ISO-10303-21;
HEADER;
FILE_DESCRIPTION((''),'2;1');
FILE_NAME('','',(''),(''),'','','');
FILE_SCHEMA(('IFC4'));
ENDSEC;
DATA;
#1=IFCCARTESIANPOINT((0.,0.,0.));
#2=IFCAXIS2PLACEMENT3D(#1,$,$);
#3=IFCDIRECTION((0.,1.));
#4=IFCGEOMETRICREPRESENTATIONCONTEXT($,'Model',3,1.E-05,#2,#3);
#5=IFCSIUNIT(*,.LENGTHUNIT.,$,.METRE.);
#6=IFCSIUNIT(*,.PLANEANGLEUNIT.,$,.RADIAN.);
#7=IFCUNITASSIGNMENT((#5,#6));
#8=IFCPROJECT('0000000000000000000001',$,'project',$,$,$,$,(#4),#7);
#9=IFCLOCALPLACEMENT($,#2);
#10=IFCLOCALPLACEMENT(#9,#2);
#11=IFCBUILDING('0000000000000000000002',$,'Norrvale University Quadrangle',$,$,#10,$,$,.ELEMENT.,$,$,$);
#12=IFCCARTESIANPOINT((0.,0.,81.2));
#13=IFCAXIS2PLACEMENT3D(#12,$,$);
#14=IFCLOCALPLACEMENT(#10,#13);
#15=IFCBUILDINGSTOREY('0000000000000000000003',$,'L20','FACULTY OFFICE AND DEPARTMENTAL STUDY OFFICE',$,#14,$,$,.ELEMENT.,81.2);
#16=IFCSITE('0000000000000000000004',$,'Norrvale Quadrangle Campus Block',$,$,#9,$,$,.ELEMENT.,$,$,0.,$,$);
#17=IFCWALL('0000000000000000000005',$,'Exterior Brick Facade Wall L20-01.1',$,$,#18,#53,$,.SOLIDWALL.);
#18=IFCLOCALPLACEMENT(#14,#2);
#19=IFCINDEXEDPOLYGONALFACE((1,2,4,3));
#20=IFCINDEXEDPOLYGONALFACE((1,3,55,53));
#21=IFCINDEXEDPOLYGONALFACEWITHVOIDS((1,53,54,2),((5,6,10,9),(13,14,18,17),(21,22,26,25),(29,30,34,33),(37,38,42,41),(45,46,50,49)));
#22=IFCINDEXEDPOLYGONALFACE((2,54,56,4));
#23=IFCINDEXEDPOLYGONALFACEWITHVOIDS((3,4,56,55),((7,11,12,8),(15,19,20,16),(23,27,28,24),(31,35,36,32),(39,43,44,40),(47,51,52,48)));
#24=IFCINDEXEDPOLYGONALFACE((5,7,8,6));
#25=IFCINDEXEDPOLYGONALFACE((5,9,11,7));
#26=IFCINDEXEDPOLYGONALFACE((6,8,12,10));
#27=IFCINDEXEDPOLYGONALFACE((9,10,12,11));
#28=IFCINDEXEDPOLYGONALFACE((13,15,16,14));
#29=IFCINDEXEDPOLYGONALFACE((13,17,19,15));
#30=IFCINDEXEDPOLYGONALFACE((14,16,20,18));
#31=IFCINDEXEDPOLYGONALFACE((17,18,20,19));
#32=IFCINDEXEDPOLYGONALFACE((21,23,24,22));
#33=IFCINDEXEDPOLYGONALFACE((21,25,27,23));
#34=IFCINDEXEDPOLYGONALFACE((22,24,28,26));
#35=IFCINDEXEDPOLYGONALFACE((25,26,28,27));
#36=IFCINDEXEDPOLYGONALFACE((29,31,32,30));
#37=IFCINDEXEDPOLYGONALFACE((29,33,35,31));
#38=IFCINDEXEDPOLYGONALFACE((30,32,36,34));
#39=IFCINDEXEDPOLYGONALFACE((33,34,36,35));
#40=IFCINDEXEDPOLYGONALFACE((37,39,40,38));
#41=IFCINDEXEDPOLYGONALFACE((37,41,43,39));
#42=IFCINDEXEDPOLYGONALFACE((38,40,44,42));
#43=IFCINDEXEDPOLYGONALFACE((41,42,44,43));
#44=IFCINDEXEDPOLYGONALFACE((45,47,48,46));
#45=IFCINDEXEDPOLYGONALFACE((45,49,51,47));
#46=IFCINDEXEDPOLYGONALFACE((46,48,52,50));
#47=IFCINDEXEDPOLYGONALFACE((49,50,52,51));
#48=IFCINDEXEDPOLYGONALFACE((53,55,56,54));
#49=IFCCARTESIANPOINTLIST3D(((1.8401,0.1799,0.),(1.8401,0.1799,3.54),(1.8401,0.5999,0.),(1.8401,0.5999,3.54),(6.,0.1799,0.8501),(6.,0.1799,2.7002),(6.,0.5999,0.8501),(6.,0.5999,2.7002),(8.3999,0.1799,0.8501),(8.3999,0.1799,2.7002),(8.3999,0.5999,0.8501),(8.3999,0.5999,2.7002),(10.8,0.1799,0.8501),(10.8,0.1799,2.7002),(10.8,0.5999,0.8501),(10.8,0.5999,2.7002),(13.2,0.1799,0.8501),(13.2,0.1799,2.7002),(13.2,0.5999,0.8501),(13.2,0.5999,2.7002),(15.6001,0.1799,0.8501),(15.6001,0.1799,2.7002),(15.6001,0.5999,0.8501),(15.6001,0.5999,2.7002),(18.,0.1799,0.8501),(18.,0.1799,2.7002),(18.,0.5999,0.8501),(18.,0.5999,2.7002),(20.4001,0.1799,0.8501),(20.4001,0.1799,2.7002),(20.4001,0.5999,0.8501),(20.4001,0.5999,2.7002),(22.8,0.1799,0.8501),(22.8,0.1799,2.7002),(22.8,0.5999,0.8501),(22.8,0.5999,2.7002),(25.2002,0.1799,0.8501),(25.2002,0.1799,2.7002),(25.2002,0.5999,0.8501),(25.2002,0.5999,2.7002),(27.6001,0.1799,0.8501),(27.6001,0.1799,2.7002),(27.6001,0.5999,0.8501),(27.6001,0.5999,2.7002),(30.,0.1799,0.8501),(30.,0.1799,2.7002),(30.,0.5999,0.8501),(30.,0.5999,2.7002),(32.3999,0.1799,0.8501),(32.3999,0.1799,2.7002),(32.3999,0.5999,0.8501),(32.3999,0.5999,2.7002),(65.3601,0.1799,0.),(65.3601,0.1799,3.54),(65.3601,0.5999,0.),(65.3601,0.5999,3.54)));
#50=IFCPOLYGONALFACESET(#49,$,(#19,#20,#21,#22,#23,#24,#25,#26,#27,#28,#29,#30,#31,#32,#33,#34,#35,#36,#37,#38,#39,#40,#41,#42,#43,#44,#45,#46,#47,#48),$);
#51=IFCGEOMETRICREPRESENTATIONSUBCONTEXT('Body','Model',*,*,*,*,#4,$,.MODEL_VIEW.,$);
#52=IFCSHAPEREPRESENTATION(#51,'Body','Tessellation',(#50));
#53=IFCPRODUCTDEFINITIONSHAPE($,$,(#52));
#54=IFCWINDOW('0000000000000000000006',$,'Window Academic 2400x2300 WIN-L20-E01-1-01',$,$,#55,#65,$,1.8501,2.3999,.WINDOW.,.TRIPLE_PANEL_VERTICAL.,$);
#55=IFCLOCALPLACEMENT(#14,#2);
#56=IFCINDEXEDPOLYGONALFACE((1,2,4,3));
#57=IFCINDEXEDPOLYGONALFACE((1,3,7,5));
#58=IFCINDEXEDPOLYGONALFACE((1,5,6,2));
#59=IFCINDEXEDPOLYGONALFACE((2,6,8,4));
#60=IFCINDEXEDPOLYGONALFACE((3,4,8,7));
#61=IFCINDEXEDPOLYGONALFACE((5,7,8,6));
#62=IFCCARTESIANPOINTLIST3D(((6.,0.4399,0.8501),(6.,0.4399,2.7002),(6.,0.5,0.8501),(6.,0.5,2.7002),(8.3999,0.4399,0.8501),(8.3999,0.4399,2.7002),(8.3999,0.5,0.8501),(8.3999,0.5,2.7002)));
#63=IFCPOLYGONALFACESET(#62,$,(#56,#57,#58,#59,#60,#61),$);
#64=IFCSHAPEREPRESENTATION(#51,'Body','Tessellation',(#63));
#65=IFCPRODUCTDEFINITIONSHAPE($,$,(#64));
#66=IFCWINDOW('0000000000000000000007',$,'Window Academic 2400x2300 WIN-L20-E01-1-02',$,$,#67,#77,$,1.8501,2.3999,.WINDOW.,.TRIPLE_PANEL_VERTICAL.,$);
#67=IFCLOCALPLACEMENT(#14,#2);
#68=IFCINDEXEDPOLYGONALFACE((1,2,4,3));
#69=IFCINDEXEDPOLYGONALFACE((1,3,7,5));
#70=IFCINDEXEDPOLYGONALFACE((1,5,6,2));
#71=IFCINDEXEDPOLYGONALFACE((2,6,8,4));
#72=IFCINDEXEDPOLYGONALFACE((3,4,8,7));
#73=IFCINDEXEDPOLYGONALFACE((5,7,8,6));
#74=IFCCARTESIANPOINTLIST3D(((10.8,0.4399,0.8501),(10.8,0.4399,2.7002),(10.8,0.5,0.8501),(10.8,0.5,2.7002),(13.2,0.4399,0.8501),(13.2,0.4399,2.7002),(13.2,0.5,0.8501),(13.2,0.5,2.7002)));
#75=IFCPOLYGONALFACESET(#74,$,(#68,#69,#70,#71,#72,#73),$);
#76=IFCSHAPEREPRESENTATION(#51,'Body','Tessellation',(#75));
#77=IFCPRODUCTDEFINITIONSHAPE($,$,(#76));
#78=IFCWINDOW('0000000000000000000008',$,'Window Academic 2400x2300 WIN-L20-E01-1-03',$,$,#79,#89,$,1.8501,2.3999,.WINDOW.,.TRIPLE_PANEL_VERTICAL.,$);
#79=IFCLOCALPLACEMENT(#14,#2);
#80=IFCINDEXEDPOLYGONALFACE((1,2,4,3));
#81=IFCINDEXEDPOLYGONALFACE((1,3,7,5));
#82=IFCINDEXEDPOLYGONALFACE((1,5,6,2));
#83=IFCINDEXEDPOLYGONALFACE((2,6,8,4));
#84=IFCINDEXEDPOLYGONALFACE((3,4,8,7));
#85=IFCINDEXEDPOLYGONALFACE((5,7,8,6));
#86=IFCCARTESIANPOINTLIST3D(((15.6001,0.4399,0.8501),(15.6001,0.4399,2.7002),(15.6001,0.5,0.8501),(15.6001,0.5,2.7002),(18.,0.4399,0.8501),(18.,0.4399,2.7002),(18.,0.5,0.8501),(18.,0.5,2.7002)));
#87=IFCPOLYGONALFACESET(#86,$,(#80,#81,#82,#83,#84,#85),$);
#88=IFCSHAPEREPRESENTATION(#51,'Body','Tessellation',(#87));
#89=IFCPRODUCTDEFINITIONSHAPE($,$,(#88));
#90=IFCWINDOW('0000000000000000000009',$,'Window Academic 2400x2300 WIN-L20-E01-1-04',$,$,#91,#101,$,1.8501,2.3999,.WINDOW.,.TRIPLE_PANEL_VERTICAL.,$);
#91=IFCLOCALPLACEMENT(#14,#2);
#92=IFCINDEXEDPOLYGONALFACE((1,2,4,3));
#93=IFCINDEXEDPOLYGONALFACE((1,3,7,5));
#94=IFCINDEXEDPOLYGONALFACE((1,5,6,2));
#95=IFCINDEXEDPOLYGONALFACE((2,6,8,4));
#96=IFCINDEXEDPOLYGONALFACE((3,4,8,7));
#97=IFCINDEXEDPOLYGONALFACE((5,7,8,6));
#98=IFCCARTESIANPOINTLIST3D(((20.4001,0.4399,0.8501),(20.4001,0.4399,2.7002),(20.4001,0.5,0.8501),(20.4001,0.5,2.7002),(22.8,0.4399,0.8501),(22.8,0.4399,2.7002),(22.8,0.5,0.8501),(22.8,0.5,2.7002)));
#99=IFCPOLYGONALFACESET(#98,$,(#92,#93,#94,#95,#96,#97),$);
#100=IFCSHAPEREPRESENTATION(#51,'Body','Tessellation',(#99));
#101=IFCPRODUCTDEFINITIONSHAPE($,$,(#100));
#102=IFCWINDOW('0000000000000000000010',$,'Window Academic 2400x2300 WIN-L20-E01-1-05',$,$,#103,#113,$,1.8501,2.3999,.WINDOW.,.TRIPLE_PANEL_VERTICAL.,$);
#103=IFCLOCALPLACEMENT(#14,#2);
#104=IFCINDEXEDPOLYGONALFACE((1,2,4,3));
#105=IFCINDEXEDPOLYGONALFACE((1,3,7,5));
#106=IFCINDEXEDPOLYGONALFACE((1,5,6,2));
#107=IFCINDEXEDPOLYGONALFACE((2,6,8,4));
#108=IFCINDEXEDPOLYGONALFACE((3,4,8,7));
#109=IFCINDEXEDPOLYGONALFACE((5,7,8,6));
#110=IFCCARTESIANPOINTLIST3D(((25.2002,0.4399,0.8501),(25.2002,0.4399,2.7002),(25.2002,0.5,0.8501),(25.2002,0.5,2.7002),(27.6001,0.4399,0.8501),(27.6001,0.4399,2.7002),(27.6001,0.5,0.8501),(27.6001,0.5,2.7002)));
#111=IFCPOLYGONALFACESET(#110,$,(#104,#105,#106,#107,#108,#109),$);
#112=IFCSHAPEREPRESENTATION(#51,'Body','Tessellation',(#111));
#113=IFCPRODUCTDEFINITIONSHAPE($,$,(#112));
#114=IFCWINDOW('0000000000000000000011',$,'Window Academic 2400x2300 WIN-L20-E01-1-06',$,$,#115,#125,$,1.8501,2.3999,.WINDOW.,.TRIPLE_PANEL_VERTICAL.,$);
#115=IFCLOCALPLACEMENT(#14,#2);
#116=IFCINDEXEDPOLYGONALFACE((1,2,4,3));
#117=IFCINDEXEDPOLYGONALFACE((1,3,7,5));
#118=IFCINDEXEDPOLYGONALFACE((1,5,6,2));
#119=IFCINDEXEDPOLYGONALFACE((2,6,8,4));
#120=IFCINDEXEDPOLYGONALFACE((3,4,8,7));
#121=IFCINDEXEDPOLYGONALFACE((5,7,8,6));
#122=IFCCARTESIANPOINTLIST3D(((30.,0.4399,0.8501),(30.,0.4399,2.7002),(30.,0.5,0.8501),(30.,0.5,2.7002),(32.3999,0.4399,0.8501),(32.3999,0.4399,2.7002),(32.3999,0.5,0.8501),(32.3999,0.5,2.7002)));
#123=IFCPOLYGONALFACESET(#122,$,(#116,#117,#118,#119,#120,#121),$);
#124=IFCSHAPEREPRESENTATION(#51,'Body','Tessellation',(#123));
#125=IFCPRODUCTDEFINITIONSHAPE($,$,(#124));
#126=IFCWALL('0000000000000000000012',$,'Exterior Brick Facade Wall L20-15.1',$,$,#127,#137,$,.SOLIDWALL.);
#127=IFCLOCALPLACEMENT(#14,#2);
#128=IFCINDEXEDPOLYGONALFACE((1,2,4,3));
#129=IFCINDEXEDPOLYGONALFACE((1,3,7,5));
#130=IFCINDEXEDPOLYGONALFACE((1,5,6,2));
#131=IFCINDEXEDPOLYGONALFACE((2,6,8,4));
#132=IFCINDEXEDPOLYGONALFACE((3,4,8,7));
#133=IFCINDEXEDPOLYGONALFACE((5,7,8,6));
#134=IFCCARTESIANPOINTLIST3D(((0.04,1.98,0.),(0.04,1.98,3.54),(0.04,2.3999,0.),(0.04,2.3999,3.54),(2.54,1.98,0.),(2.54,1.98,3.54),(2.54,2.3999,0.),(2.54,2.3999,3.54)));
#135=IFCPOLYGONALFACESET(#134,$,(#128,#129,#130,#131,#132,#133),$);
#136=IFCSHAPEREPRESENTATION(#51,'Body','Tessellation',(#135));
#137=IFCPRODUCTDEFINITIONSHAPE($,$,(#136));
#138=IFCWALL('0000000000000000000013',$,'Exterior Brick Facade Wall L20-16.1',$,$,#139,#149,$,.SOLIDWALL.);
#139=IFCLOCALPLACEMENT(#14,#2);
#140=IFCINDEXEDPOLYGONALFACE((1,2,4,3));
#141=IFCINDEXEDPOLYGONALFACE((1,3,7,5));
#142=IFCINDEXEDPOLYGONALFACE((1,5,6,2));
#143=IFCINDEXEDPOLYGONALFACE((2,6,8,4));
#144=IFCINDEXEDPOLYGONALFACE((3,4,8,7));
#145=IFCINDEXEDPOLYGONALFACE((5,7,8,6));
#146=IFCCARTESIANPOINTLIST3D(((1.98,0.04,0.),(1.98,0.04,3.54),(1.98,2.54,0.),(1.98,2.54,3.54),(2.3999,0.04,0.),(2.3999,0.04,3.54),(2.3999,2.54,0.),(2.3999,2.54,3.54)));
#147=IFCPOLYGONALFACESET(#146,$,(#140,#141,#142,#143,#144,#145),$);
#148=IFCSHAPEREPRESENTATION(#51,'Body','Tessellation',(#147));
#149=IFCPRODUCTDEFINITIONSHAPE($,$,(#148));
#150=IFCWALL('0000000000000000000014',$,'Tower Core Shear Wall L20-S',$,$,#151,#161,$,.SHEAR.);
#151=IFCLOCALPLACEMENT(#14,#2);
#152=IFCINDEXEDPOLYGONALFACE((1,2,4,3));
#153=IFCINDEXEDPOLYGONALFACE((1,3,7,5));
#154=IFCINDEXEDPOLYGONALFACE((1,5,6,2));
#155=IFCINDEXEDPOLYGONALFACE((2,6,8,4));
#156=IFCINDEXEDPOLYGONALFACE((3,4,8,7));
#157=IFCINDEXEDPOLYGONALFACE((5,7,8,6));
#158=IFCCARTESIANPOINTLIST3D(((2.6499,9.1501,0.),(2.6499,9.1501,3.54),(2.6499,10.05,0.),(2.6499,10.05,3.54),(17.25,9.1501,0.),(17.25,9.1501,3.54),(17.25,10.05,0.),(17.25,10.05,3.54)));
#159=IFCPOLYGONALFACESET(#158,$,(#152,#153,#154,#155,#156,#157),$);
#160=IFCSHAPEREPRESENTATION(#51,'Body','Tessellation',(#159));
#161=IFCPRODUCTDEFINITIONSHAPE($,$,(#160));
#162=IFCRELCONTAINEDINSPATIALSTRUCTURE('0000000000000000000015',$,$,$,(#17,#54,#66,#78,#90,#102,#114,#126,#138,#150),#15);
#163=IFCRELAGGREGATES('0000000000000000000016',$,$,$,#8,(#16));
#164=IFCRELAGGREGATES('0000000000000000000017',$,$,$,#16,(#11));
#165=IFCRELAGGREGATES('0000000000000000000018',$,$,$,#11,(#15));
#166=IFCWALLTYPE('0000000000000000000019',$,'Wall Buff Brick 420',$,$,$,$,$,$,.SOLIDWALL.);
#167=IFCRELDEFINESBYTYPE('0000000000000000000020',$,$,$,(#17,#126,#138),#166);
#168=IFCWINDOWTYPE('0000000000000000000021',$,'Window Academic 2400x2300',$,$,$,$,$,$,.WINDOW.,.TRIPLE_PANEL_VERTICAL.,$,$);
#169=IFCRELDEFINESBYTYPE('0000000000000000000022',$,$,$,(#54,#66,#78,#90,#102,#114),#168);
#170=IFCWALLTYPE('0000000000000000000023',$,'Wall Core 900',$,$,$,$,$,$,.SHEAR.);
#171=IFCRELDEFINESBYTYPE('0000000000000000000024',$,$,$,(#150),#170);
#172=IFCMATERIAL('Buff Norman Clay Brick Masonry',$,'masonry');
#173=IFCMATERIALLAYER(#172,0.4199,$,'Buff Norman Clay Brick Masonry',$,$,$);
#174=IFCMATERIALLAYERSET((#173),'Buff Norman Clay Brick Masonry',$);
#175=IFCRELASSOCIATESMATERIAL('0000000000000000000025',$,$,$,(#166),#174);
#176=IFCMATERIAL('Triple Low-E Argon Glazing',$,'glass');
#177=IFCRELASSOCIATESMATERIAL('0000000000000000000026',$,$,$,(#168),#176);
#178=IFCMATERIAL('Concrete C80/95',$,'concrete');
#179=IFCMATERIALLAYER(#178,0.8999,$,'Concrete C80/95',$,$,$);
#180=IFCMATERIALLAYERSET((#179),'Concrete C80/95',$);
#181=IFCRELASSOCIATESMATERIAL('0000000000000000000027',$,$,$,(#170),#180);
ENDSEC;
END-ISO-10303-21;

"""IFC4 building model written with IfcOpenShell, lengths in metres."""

from ifc_helpers import new_model, si_unit, direction, frame, frame_2d, origin, place, context, subcontext, project, spatial, rectangle, extrude, material, layer, layer_set, type_object, element, fill, save


model = new_model("IFC4")

# Units and contexts
model_context = context("Model", 3, precision=1e-05, world=origin(), true_north=direction((0.0, 1.0)))
body_context = subcontext(model_context, "Body", "Model", "MODEL_VIEW")
ifc_project = project(units=[si_unit("LENGTHUNIT", "METRE"), si_unit("PLANEANGLEUNIT", "RADIAN")], contexts=[model_context])

# Site, building, storey
site_placement = place(None, origin())
site = spatial("IfcSite", under=ifc_project, at=site_placement, Name="Norrvale Quadrangle Campus Block", CompositionType="ELEMENT", RefElevation=0.0)
building_placement = place(site_placement, origin())
building = spatial("IfcBuilding", under=site, at=building_placement, Name="Norrvale University Quadrangle", CompositionType="ELEMENT")
storey_placement = place(building_placement, frame((0.0, 0.0, 81.2)))
storey = spatial("IfcBuildingStorey", under=building, at=storey_placement, Name="L20", Description="FACULTY OFFICE AND DEPARTMENTAL STUDY OFFICE", CompositionType="ELEMENT", Elevation=81.2)

# Shared definitions
ifc_material_1 = material(Name="Concrete C80/95", Category="concrete")

# Wall, openings, windows
ifc_material_2 = material(Name="Buff Norman Clay Brick Masonry", Category="masonry")
ifc_layer_1 = layer(ifc_material_2, 0.4199, Name="Buff Norman Clay Brick Masonry")
ifc_layer_set_1 = layer_set([ifc_layer_1], Name="Buff Norman Clay Brick Masonry")
wall_type_1 = type_object("IfcWallType", Name="Wall Buff Brick 420", PredefinedType="SOLIDWALL", material=ifc_layer_set_1)
wall_1_placement = place(storey_placement, frame((1.8401, 0.3899, 0.0), z_axis=(0.0, 0.0, 1.0), x_axis=(1.0, 0.0, 0.0)))
wall_1 = element("IfcWall", 1, at=wall_1_placement, inside=storey, type_object=wall_type_1, Name="Exterior Brick Facade Wall L20-01.1", PredefinedType="SOLIDWALL", context=body_context, shape_type="SweptSolid", body=[
    extrude(rectangle(XDim=63.52, YDim=0.4199, at=frame_2d((31.76, 0.0))), origin(), (0.0, 0.0, 1.0), 3.54),
])
opening_1_placement = place(wall_1_placement, frame((4.1599, 0.0, 0.8501)))
opening_1 = element("IfcOpeningElement", 2, at=opening_1_placement, cuts=wall_1, PredefinedType="OPENING", context=body_context, shape_type="SweptSolid", body=[
    extrude(rectangle(XDim=2.3999, YDim=1.8501, at=frame_2d((1.2, 0.925))), frame((0.0, 0.2219, 0.0), z_axis=(0.0, -1.0, 0.0), x_axis=(1.0, 0.0, 0.0)), (0.0, 0.0, 1.0), 0.4438),
])
opening_2_placement = place(wall_1_placement, frame((8.96, 0.0, 0.8501)))
opening_2 = element("IfcOpeningElement", 3, at=opening_2_placement, cuts=wall_1, PredefinedType="OPENING", context=body_context, shape_type="SweptSolid", body=[
    extrude(rectangle(XDim=2.3999, YDim=1.8501, at=frame_2d((1.2, 0.925))), frame((0.0, 0.2219, 0.0), z_axis=(0.0, -1.0, 0.0), x_axis=(1.0, 0.0, 0.0)), (0.0, 0.0, 1.0), 0.4438),
])
opening_3_placement = place(wall_1_placement, frame((13.76, 0.0, 0.8501)))
opening_3 = element("IfcOpeningElement", 4, at=opening_3_placement, cuts=wall_1, PredefinedType="OPENING", context=body_context, shape_type="SweptSolid", body=[
    extrude(rectangle(XDim=2.3999, YDim=1.8501, at=frame_2d((1.2, 0.925))), frame((0.0, 0.2219, 0.0), z_axis=(0.0, -1.0, 0.0), x_axis=(1.0, 0.0, 0.0)), (0.0, 0.0, 1.0), 0.4438),
])
opening_4_placement = place(wall_1_placement, frame((18.5601, 0.0, 0.8501)))
opening_4 = element("IfcOpeningElement", 5, at=opening_4_placement, cuts=wall_1, PredefinedType="OPENING", context=body_context, shape_type="SweptSolid", body=[
    extrude(rectangle(XDim=2.3999, YDim=1.8501, at=frame_2d((1.2, 0.925))), frame((0.0, 0.2219, 0.0), z_axis=(0.0, -1.0, 0.0), x_axis=(1.0, 0.0, 0.0)), (0.0, 0.0, 1.0), 0.4438),
])
opening_5_placement = place(wall_1_placement, frame((23.3601, 0.0, 0.8501)))
opening_5 = element("IfcOpeningElement", 6, at=opening_5_placement, cuts=wall_1, PredefinedType="OPENING", context=body_context, shape_type="SweptSolid", body=[
    extrude(rectangle(XDim=2.3999, YDim=1.8501, at=frame_2d((1.2, 0.925))), frame((0.0, 0.2219, 0.0), z_axis=(0.0, -1.0, 0.0), x_axis=(1.0, 0.0, 0.0)), (0.0, 0.0, 1.0), 0.4438),
])
opening_6_placement = place(wall_1_placement, frame((28.1599, 0.0, 0.8501)))
opening_6 = element("IfcOpeningElement", 7, at=opening_6_placement, cuts=wall_1, PredefinedType="OPENING", context=body_context, shape_type="SweptSolid", body=[
    extrude(rectangle(XDim=2.3999, YDim=1.8501, at=frame_2d((1.2, 0.925))), frame((0.0, 0.2219, 0.0), z_axis=(0.0, -1.0, 0.0), x_axis=(1.0, 0.0, 0.0)), (0.0, 0.0, 1.0), 0.4438),
])
ifc_material_3 = material(Name="Triple Low-E Argon Glazing", Category="glass")
window_type = type_object("IfcWindowType", Name="Window Academic 2400x2300", PartitioningType="TRIPLE_PANEL_VERTICAL", PredefinedType="WINDOW", material=ifc_material_3)
window_1_placement = place(opening_1_placement, origin())
window_1 = element("IfcWindow", 8, at=window_1_placement, inside=storey, type_object=window_type, Name="Window Academic 2400x2300 WIN-L20-E01-1-01", OverallHeight=1.8501, OverallWidth=2.3999, PartitioningType="TRIPLE_PANEL_VERTICAL", PredefinedType="WINDOW", context=body_context, shape_type="SweptSolid", body=[
    extrude(rectangle(XDim=2.3999, YDim=1.8501, at=frame_2d((1.2, 0.925))), frame((0.0, 0.1101, 0.0), z_axis=(0.0, -1.0, 0.0), x_axis=(1.0, 0.0, 0.0)), (0.0, 0.0, 1.0), 0.0601),
])
fill(opening_1, window_1)
window_2_placement = place(opening_2_placement, origin())
window_2 = element("IfcWindow", 9, at=window_2_placement, inside=storey, type_object=window_type, Name="Window Academic 2400x2300 WIN-L20-E01-1-02", OverallHeight=1.8501, OverallWidth=2.3999, PartitioningType="TRIPLE_PANEL_VERTICAL", PredefinedType="WINDOW", context=body_context, shape_type="SweptSolid", body=[
    extrude(rectangle(XDim=2.3999, YDim=1.8501, at=frame_2d((1.2, 0.925))), frame((0.0, 0.1101, 0.0), z_axis=(0.0, -1.0, 0.0), x_axis=(1.0, 0.0, 0.0)), (0.0, 0.0, 1.0), 0.0601),
])
fill(opening_2, window_2)
window_3_placement = place(opening_3_placement, origin())
window_3 = element("IfcWindow", 10, at=window_3_placement, inside=storey, type_object=window_type, Name="Window Academic 2400x2300 WIN-L20-E01-1-03", OverallHeight=1.8501, OverallWidth=2.3999, PartitioningType="TRIPLE_PANEL_VERTICAL", PredefinedType="WINDOW", context=body_context, shape_type="SweptSolid", body=[
    extrude(rectangle(XDim=2.3999, YDim=1.8501, at=frame_2d((1.2, 0.925))), frame((0.0, 0.1101, 0.0), z_axis=(0.0, -1.0, 0.0), x_axis=(1.0, 0.0, 0.0)), (0.0, 0.0, 1.0), 0.0601),
])
fill(opening_3, window_3)
window_4_placement = place(opening_4_placement, origin())
window_4 = element("IfcWindow", 11, at=window_4_placement, inside=storey, type_object=window_type, Name="Window Academic 2400x2300 WIN-L20-E01-1-04", OverallHeight=1.8501, OverallWidth=2.3999, PartitioningType="TRIPLE_PANEL_VERTICAL", PredefinedType="WINDOW", context=body_context, shape_type="SweptSolid", body=[
    extrude(rectangle(XDim=2.3999, YDim=1.8501, at=frame_2d((1.2, 0.925))), frame((0.0, 0.1101, 0.0), z_axis=(0.0, -1.0, 0.0), x_axis=(1.0, 0.0, 0.0)), (0.0, 0.0, 1.0), 0.0601),
])
fill(opening_4, window_4)
window_5_placement = place(opening_5_placement, origin())
window_5 = element("IfcWindow", 12, at=window_5_placement, inside=storey, type_object=window_type, Name="Window Academic 2400x2300 WIN-L20-E01-1-05", OverallHeight=1.8501, OverallWidth=2.3999, PartitioningType="TRIPLE_PANEL_VERTICAL", PredefinedType="WINDOW", context=body_context, shape_type="SweptSolid", body=[
    extrude(rectangle(XDim=2.3999, YDim=1.8501, at=frame_2d((1.2, 0.925))), frame((0.0, 0.1101, 0.0), z_axis=(0.0, -1.0, 0.0), x_axis=(1.0, 0.0, 0.0)), (0.0, 0.0, 1.0), 0.0601),
])
fill(opening_5, window_5)
window_6_placement = place(opening_6_placement, origin())
window_6 = element("IfcWindow", 13, at=window_6_placement, inside=storey, type_object=window_type, Name="Window Academic 2400x2300 WIN-L20-E01-1-06", OverallHeight=1.8501, OverallWidth=2.3999, PartitioningType="TRIPLE_PANEL_VERTICAL", PredefinedType="WINDOW", context=body_context, shape_type="SweptSolid", body=[
    extrude(rectangle(XDim=2.3999, YDim=1.8501, at=frame_2d((1.2, 0.925))), frame((0.0, 0.1101, 0.0), z_axis=(0.0, -1.0, 0.0), x_axis=(1.0, 0.0, 0.0)), (0.0, 0.0, 1.0), 0.0601),
])
fill(opening_6, window_6)

# Walls
for number, where, z_axis, x_axis, name in (
    (14, (0.04, 2.1899, 0.0), (0.0, 0.0, 1.0), (1.0, 0.0, 0.0), "Exterior Brick Facade Wall L20-15.1"),
    (15, (2.1899, 2.54, 0.0), (0.0, 0.0, 1.0), (0.0, -1.0, 0.0), "Exterior Brick Facade Wall L20-16.1"),
):
    element("IfcWall", number, at=place(storey_placement, frame(where, z_axis=z_axis, x_axis=x_axis)), inside=storey, type_object=wall_type_1, Name=name, PredefinedType="SOLIDWALL", context=body_context, shape_type="SweptSolid", body=[
        extrude(rectangle(XDim=2.5, YDim=0.4199, at=frame_2d((1.25, 0.0))), origin(), (0.0, 0.0, 1.0), 3.54),
    ])
ifc_layer_2 = layer(ifc_material_1, 0.8999, Name="Concrete C80/95")
ifc_layer_set_2 = layer_set([ifc_layer_2], Name="Concrete C80/95")
wall_type_2 = type_object("IfcWallType", Name="Wall Core 900", PredefinedType="SHEAR", material=ifc_layer_set_2)
wall_2_placement = place(storey_placement, frame((2.6499, 9.6001, 0.0), z_axis=(0.0, 0.0, 1.0), x_axis=(1.0, 0.0, 0.0)))
element("IfcWall", 16, at=wall_2_placement, inside=storey, type_object=wall_type_2, Name="Tower Core Shear Wall L20-S", PredefinedType="SHEAR", context=body_context, shape_type="SweptSolid", body=[
    extrude(rectangle(XDim=14.6001, YDim=0.8999, at=frame_2d((7.3, 0.0))), origin(), (0.0, 0.0, 1.0), 3.54),
])

save(model, "model.ifc")
